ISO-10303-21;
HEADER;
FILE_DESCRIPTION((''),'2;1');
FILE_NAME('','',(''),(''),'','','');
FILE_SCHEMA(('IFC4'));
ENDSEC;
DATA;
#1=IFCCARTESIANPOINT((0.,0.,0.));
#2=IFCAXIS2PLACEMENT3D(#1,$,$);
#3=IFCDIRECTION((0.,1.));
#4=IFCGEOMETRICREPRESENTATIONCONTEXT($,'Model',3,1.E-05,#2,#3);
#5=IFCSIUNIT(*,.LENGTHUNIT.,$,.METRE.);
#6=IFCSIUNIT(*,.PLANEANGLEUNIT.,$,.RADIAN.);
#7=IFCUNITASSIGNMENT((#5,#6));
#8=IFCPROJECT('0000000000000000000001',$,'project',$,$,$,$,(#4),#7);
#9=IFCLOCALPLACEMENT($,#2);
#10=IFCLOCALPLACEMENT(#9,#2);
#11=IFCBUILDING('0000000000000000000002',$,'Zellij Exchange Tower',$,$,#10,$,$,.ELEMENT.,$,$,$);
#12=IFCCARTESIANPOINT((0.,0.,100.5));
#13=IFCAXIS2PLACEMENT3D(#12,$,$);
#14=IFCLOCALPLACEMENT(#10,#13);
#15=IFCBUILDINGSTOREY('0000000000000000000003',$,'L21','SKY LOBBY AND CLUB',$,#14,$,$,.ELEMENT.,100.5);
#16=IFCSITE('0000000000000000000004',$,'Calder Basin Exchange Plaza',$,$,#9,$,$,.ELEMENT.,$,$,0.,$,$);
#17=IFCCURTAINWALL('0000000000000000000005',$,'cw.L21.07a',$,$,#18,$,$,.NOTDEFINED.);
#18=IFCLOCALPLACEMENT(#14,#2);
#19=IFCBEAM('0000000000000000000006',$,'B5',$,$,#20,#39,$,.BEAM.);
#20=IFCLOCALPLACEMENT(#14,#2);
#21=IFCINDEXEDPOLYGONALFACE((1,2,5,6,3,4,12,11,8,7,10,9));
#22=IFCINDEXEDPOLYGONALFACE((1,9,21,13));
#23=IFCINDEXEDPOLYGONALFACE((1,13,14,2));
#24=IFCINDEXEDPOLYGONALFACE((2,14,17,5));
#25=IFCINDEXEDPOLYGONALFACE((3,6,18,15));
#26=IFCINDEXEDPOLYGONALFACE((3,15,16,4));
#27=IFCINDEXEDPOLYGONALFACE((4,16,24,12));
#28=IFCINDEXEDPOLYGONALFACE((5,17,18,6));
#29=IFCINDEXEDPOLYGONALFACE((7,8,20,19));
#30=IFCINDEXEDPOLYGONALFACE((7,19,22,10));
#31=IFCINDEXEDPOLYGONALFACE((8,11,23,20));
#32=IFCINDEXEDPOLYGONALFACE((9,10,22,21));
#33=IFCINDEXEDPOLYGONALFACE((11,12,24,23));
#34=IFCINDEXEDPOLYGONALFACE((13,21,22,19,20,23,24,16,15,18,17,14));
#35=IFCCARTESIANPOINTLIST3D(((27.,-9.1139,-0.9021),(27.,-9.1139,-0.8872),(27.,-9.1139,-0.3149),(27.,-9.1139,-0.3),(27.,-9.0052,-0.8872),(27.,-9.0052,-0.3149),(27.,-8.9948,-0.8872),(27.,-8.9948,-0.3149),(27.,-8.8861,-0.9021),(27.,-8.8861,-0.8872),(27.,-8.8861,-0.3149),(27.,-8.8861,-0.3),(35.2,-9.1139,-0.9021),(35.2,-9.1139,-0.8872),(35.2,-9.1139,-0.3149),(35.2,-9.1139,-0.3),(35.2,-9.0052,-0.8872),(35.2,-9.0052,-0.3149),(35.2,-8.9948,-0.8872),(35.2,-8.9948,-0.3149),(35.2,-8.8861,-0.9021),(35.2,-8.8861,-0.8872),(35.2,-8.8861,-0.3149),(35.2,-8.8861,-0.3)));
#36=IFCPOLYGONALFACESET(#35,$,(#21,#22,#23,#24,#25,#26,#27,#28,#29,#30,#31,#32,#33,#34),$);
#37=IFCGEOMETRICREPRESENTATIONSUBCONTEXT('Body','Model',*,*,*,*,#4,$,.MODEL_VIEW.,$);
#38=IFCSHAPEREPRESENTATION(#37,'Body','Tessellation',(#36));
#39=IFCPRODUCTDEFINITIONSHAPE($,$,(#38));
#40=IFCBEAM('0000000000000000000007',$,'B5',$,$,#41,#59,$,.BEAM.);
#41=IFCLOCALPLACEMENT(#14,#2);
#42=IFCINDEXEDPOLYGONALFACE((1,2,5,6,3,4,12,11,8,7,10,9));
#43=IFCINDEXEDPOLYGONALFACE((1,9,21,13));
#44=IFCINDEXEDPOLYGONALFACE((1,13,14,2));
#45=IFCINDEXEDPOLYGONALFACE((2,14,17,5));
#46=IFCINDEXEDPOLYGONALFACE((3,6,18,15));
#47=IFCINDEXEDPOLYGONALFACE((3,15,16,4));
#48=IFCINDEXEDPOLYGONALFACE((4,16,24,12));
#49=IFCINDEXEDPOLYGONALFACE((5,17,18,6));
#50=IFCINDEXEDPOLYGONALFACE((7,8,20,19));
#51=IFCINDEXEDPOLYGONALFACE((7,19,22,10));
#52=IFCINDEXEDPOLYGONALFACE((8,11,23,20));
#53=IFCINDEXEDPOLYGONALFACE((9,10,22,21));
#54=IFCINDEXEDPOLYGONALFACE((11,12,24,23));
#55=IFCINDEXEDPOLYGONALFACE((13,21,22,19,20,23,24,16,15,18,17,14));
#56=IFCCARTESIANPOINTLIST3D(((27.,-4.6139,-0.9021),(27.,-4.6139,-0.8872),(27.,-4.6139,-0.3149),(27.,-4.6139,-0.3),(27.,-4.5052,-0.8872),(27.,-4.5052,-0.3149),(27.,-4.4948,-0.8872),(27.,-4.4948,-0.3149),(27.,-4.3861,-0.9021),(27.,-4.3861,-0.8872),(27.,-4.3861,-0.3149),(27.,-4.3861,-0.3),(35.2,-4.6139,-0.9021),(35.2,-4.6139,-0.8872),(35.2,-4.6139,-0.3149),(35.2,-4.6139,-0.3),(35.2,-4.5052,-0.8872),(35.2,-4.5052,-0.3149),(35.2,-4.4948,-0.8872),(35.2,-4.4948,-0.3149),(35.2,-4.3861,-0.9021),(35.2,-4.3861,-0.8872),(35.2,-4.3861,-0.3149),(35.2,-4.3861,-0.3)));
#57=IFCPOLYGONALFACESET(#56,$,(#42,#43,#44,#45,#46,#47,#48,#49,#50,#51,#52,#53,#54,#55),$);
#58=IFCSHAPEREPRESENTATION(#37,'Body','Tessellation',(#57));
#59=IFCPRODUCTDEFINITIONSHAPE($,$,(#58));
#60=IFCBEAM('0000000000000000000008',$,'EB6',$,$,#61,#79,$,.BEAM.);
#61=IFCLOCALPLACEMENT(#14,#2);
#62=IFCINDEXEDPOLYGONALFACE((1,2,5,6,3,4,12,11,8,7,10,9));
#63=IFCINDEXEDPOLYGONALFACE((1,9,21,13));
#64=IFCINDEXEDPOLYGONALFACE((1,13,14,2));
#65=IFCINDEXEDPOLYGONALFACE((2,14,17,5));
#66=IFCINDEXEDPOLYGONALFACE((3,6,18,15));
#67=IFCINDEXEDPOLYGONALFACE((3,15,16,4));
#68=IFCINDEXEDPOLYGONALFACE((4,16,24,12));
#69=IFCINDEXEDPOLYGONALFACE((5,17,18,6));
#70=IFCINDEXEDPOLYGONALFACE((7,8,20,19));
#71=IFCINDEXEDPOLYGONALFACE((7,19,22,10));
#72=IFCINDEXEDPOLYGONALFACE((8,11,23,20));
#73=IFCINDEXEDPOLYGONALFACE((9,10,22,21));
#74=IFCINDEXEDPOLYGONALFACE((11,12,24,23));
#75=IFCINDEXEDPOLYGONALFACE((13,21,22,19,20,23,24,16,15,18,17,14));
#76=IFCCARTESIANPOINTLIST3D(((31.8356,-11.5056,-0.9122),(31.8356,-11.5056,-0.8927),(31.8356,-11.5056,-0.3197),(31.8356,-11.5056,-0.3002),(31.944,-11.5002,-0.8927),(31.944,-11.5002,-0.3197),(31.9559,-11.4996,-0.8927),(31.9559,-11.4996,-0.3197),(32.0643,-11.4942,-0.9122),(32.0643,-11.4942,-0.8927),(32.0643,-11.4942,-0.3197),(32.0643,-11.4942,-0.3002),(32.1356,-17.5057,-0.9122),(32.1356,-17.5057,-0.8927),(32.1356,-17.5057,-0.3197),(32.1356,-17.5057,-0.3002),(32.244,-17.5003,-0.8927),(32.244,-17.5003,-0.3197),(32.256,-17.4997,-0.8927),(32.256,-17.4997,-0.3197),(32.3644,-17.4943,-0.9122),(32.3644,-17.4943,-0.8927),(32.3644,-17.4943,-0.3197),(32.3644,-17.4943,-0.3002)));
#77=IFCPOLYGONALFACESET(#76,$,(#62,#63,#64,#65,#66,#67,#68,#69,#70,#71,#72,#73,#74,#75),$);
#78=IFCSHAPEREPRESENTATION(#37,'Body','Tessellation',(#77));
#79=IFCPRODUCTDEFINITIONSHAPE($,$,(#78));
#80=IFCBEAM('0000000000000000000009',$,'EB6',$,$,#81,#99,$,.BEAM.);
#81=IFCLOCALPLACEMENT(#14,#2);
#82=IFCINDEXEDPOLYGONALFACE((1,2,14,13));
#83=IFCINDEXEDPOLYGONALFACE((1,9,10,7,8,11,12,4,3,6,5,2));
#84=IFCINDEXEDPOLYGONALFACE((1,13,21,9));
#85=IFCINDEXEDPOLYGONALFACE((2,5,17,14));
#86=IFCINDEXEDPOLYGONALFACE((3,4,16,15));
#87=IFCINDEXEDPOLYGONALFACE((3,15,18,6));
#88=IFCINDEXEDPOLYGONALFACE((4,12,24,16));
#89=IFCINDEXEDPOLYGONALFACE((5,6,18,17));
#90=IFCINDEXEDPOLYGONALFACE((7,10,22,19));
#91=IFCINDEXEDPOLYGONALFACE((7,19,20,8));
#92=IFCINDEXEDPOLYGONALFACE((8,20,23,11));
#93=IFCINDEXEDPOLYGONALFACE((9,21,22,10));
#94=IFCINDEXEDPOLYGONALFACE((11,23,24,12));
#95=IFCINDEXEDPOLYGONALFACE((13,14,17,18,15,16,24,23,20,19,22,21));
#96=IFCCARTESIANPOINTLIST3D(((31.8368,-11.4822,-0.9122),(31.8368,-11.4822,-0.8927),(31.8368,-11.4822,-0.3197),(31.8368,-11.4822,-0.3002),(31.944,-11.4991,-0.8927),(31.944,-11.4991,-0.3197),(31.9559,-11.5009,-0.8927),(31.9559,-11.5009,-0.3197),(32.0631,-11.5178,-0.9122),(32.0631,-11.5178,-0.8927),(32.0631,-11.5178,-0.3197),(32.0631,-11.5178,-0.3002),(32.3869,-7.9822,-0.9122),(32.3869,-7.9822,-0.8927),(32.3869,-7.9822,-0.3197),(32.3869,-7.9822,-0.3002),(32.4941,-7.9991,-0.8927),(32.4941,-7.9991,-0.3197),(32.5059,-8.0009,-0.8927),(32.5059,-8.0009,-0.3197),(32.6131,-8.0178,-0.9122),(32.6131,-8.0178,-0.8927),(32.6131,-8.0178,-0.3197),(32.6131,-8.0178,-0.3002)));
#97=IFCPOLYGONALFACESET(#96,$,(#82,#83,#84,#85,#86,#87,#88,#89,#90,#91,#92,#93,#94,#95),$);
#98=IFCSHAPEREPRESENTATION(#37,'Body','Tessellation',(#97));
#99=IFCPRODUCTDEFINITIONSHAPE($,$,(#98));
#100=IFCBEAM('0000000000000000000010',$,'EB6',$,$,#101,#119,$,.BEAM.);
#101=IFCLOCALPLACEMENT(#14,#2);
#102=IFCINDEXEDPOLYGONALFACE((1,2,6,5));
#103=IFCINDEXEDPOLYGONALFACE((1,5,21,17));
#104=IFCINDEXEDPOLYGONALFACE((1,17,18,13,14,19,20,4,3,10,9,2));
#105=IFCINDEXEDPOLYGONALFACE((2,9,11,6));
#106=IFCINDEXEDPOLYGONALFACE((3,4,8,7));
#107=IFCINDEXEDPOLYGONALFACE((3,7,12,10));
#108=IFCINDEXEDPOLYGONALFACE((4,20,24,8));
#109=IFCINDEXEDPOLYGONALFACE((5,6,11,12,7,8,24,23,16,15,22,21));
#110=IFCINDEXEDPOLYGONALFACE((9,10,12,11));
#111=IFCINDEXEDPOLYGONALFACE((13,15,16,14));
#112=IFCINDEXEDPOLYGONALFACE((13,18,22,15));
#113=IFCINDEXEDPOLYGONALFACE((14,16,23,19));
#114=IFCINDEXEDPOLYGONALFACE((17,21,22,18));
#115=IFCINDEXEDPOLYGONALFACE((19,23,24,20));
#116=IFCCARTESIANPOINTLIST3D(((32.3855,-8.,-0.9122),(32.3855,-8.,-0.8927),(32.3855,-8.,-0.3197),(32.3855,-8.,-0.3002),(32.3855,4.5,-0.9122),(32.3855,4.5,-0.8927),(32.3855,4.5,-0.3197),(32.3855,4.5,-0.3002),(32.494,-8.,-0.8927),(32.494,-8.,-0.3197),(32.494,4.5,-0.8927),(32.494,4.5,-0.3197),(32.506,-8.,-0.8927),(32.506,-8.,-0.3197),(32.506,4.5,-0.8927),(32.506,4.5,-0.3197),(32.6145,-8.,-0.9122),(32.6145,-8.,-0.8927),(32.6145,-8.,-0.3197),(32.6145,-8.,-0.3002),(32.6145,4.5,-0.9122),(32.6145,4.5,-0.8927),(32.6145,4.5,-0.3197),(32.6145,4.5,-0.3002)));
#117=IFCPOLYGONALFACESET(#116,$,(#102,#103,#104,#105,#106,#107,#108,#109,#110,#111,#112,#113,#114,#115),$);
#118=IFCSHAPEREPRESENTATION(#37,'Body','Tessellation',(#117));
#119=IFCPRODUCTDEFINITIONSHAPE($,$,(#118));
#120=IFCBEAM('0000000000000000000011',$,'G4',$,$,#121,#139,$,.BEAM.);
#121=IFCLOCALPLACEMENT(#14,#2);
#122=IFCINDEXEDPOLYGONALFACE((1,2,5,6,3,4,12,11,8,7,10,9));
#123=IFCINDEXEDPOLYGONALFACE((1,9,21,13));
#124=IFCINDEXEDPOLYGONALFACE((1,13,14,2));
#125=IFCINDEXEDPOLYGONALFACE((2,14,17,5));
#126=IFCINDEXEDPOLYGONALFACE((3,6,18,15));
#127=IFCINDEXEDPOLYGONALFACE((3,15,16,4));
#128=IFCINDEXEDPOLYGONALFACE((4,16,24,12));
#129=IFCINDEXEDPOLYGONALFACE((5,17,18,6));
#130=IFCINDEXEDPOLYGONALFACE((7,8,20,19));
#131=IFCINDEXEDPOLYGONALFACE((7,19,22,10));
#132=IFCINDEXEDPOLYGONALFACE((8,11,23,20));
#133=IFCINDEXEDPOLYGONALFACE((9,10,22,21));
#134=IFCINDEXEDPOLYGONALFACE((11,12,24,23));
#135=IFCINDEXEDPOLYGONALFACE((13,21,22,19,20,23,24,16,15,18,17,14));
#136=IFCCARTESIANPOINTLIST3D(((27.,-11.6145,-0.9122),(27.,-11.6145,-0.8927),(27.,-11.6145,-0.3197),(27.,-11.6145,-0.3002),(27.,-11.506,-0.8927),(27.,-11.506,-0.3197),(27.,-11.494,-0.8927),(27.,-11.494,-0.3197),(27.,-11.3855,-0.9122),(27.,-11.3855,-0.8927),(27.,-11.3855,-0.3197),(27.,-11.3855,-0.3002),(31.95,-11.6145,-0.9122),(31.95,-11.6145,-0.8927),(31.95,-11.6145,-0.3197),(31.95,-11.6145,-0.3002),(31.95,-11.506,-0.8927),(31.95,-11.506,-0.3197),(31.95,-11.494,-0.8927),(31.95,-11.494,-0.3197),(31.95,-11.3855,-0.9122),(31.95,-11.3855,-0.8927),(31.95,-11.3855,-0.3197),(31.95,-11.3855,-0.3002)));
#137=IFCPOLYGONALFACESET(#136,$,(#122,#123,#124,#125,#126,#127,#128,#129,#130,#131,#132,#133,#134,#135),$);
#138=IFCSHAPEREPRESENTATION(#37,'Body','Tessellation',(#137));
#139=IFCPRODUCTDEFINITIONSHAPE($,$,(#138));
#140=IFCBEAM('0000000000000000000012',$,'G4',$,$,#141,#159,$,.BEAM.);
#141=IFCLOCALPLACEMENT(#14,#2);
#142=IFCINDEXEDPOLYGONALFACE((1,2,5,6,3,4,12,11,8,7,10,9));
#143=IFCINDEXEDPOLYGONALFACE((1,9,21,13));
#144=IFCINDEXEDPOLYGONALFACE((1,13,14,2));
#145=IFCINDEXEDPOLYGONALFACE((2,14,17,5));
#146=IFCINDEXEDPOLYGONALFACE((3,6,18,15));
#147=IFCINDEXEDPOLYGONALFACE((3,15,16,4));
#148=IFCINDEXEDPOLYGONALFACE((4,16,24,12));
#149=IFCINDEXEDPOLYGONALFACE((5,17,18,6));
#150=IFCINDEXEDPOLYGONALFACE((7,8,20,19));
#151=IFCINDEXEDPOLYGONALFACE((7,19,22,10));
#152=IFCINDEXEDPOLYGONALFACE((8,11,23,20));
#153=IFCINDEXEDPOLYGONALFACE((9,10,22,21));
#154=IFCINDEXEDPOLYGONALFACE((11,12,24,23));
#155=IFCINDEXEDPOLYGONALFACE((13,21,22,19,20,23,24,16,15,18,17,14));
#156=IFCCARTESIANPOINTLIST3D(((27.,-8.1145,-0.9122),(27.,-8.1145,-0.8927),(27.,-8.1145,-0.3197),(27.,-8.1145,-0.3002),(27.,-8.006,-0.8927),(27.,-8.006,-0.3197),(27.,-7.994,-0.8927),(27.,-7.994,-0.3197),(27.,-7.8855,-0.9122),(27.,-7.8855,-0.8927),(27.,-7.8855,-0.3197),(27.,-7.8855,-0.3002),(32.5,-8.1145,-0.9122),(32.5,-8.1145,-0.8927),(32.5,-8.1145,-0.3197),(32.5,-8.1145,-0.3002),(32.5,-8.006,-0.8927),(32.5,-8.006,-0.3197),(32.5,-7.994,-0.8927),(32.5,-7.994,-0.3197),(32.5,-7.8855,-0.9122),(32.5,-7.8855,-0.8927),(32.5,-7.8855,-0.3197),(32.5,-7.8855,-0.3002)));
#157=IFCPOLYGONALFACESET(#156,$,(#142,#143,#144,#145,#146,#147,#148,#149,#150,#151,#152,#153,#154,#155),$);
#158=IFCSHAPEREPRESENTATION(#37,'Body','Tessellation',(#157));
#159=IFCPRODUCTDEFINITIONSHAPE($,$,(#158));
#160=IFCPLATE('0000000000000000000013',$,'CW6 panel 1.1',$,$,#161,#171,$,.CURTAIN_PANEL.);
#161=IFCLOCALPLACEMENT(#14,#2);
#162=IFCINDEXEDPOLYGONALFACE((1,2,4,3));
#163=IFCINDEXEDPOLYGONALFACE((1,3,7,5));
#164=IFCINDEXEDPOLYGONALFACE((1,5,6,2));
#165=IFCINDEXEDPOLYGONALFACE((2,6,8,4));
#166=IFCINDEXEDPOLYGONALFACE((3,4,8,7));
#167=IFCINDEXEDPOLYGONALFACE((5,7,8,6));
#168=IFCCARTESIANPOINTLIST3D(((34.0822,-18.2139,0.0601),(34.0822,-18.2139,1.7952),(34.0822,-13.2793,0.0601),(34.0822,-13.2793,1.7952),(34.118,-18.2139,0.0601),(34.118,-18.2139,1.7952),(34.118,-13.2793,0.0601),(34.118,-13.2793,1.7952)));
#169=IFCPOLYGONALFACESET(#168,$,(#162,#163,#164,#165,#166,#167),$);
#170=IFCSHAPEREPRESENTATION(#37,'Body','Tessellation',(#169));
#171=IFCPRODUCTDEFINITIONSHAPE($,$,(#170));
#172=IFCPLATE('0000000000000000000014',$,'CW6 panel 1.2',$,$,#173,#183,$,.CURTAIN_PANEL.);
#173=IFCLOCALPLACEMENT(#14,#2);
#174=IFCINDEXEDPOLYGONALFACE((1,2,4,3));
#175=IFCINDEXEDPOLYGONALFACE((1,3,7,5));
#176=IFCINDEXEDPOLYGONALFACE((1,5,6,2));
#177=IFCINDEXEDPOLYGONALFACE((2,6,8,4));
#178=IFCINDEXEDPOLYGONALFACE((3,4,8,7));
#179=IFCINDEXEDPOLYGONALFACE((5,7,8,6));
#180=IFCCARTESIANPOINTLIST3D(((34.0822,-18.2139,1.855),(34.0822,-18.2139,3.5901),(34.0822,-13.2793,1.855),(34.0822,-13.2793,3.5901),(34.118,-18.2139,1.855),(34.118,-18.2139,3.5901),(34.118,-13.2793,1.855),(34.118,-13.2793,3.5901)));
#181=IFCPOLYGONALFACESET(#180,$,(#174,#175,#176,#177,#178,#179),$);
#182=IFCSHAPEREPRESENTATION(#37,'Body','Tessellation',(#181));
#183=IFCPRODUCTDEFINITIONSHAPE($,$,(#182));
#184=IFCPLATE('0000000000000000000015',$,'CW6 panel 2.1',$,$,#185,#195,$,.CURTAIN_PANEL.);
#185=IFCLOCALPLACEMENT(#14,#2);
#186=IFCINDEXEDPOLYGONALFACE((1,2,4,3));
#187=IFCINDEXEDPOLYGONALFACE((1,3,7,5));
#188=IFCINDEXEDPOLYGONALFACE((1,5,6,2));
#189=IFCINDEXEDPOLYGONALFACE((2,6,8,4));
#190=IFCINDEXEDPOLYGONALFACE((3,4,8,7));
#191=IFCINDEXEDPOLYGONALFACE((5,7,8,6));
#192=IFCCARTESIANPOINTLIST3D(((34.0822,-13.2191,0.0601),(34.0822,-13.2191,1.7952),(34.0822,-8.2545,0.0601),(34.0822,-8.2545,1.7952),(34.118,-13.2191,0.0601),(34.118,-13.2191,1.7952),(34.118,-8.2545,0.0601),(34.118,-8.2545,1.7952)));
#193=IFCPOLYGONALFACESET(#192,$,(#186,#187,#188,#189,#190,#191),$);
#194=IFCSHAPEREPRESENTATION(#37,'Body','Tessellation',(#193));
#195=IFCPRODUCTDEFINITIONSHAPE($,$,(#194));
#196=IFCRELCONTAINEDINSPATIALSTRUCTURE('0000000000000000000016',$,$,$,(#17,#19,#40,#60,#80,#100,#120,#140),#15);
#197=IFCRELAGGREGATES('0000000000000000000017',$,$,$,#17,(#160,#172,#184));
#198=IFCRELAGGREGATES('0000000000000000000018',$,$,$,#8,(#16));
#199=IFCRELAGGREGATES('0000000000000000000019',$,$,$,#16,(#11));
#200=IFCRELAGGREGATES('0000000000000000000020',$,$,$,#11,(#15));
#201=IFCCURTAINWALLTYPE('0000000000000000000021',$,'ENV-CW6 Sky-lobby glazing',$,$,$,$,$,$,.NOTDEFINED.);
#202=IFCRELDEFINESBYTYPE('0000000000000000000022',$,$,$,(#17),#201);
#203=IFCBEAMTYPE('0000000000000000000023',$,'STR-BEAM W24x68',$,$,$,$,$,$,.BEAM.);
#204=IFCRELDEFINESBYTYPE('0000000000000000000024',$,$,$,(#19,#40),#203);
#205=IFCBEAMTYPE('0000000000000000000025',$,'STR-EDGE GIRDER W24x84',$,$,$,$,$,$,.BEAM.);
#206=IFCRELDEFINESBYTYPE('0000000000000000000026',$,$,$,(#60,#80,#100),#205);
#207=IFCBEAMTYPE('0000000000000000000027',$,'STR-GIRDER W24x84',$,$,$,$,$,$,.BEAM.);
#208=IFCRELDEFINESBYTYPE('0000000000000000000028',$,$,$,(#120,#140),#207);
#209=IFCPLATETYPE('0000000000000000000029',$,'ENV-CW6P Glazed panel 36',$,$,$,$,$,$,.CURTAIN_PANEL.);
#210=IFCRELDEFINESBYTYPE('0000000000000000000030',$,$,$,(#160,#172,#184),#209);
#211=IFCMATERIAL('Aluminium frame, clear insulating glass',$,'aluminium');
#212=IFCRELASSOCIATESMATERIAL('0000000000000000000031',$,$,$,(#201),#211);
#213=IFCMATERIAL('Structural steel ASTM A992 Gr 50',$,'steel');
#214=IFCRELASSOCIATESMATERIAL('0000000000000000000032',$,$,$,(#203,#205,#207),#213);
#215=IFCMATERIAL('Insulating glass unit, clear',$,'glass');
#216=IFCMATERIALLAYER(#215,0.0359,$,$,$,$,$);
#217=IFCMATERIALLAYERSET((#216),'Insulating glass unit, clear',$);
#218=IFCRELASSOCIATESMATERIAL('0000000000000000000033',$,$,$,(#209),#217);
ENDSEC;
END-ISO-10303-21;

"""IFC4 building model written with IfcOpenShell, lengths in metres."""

from ifc_helpers import new_model, si_unit, direction, frame, origin, origin_2d, place, context, subcontext, project, spatial, rectangle, i_section, extrude, material, layer, layer_set, material_profile, profile_set, type_object, element, aggregate, save


model = new_model("IFC4")

# Units and contexts
model_context = context("Model", 3, precision=1e-05, world=origin(), true_north=direction((0.0, 1.0)))
body_context = subcontext(model_context, "Body", "Model", "MODEL_VIEW")
ifc_project = project(units=[si_unit("LENGTHUNIT", "METRE"), si_unit("PLANEANGLEUNIT", "RADIAN")], contexts=[model_context])

# Site, building, storey
site_placement = place(None, origin())
site = spatial("IfcSite", under=ifc_project, at=site_placement, Name="Calder Basin Exchange Plaza", CompositionType="ELEMENT", RefElevation=0.0)
building_placement = place(site_placement, origin())
building = spatial("IfcBuilding", under=site, at=building_placement, Name="Zellij Exchange Tower", CompositionType="ELEMENT")
storey_placement = place(building_placement, frame((0.0, 0.0, 100.5)))
storey = spatial("IfcBuildingStorey", under=building, at=storey_placement, Name="L21", Description="SKY LOBBY AND CLUB", CompositionType="ELEMENT", Elevation=100.5)

# Curtain wall
ifc_material_1 = material(Name="Aluminium frame, clear insulating glass", Category="aluminium")
curtain_wall_type = type_object("IfcCurtainWallType", Name="ENV-CW6 Sky-lobby glazing", PredefinedType="NOTDEFINED", material=ifc_material_1)
curtain_wall_placement = place(storey_placement, origin())
curtain_wall = element("IfcCurtainWall", 1, at=curtain_wall_placement, inside=storey, type_object=curtain_wall_type, Name="cw.L21.07a", PredefinedType="NOTDEFINED")

# Beams
ifc_material_2 = material(Name="Structural steel ASTM A992 Gr 50", Category="steel")
ifc_material_profile_1 = material_profile(ifc_material_2, i_section(OverallWidth=0.2278, OverallDepth=0.6021, WebThickness=0.0105, FlangeThickness=0.0149, at=origin_2d()), Name="W24x68")
ifc_profile_set_1 = profile_set([ifc_material_profile_1], Name="Structural steel ASTM A992 Gr 50")
beam_type_1 = type_object("IfcBeamType", Name="STR-BEAM W24x68", PredefinedType="BEAM", material=ifc_profile_set_1)
for number, where, z_axis, x_axis, name in (
    (2, (27.0, -9.0, -0.6011), (1.0, 0.0, 0.0), (0.0, 1.0, 0.0), "B5"),
    (3, (27.0, -4.5, -0.6011), (1.0, 0.0, 0.0), (0.0, 1.0, 0.0), "B5"),
):
    element("IfcBeam", number, at=place(storey_placement, frame(where, z_axis=z_axis, x_axis=x_axis)), inside=storey, type_object=beam_type_1, Name=name, PredefinedType="BEAM", context=body_context, shape_type="SweptSolid", body=[
        extrude(i_section(OverallWidth=0.2278, OverallDepth=0.6021, WebThickness=0.0105, FlangeThickness=0.0149, at=origin_2d()), origin(), (0.0, 0.0, 1.0), 8.2),
    ])
ifc_material_profile_2 = material_profile(ifc_material_2, i_section(OverallWidth=0.229, OverallDepth=0.6121, WebThickness=0.012, FlangeThickness=0.0195, at=origin_2d()), Name="W24x84")
ifc_profile_set_2 = profile_set([ifc_material_profile_2], Name="Structural steel ASTM A992 Gr 50")
beam_type_2 = type_object("IfcBeamType", Name="STR-EDGE GIRDER W24x84", PredefinedType="BEAM", material=ifc_profile_set_2)
beam_1_placement = place(storey_placement, frame((32.25, -17.5, -0.6062), z_axis=(-0.049946, 0.998752, 0.0), x_axis=(-0.998752, -0.049946, 0.0)))
element("IfcBeam", 4, at=beam_1_placement, inside=storey, type_object=beam_type_2, Name="EB6", PredefinedType="BEAM", context=body_context, shape_type="SweptSolid", body=[
    extrude(i_section(OverallWidth=0.229, OverallDepth=0.6121, WebThickness=0.012, FlangeThickness=0.0195, at=origin_2d()), origin(), (0.0, 0.0, 1.0), 6.0076),
])
beam_2_placement = place(storey_placement, frame((31.95, -11.5, -0.6062), z_axis=(0.155251, 0.987875, 0.0), x_axis=(-0.987875, 0.155251, 0.0)))
element("IfcBeam", 5, at=beam_2_placement, inside=storey, type_object=beam_type_2, Name="EB6", PredefinedType="BEAM", context=body_context, shape_type="SweptSolid", body=[
    extrude(i_section(OverallWidth=0.229, OverallDepth=0.6121, WebThickness=0.012, FlangeThickness=0.0195, at=origin_2d()), origin(), (0.0, 0.0, 1.0), 3.543),
])
beam_3_placement = place(storey_placement, frame((32.5, -8.0, -0.6062), z_axis=(0.0, 1.0, 0.0), x_axis=(-1.0, 0.0, 0.0)))
element("IfcBeam", 6, at=beam_3_placement, inside=storey, type_object=beam_type_2, Name="EB6", PredefinedType="BEAM", context=body_context, shape_type="SweptSolid", body=[
    extrude(i_section(OverallWidth=0.229, OverallDepth=0.6121, WebThickness=0.012, FlangeThickness=0.0195, at=origin_2d()), origin(), (0.0, 0.0, 1.0), 12.5),
])
ifc_material_profile_3 = material_profile(ifc_material_2, i_section(OverallWidth=0.229, OverallDepth=0.6121, WebThickness=0.012, FlangeThickness=0.0195, at=origin_2d()), Name="W24x84")
ifc_profile_set_3 = profile_set([ifc_material_profile_3], Name="Structural steel ASTM A992 Gr 50")
beam_type_3 = type_object("IfcBeamType", Name="STR-GIRDER W24x84", PredefinedType="BEAM", material=ifc_profile_set_3)
beam_4_placement = place(storey_placement, frame((27.0, -11.5, -0.6062), z_axis=(1.0, 0.0, 0.0), x_axis=(0.0, 1.0, 0.0)))
element("IfcBeam", 7, at=beam_4_placement, inside=storey, type_object=beam_type_3, Name="G4", PredefinedType="BEAM", context=body_context, shape_type="SweptSolid", body=[
    extrude(i_section(OverallWidth=0.229, OverallDepth=0.6121, WebThickness=0.012, FlangeThickness=0.0195, at=origin_2d()), origin(), (0.0, 0.0, 1.0), 4.95),
])
beam_5_placement = place(storey_placement, frame((27.0, -8.0, -0.6062), z_axis=(1.0, 0.0, 0.0), x_axis=(0.0, 1.0, 0.0)))
element("IfcBeam", 8, at=beam_5_placement, inside=storey, type_object=beam_type_3, Name="G4", PredefinedType="BEAM", context=body_context, shape_type="SweptSolid", body=[
    extrude(i_section(OverallWidth=0.229, OverallDepth=0.6121, WebThickness=0.012, FlangeThickness=0.0195, at=origin_2d()), origin(), (0.0, 0.0, 1.0), 5.5),
])

# Plates
ifc_material_3 = material(Name="Insulating glass unit, clear", Category="glass")
ifc_layer_1 = layer(ifc_material_3, 0.0359)
ifc_layer_set_1 = layer_set([ifc_layer_1], Name="Insulating glass unit, clear")
plate_type = type_object("IfcPlateType", Name="ENV-CW6P Glazed panel 36", PredefinedType="CURTAIN_PANEL", material=ifc_layer_set_1)
plate_1_placement = place(storey_placement, frame((34.1001, -15.7466, 0.0601), z_axis=(0.0, 0.0, 1.0), x_axis=(0.0, 1.0, 0.0)))
plate_1 = element("IfcPlate", 9, at=plate_1_placement, type_object=plate_type, Name="CW6 panel 1.1", PredefinedType="CURTAIN_PANEL", context=body_context, shape_type="SweptSolid", body=[
    extrude(rectangle(XDim=4.9346, YDim=0.0359, at=origin_2d()), origin(), (0.0, 0.0, 1.0), 1.7351),
])
plate_2_placement = place(storey_placement, frame((34.1001, -15.7466, 1.855), z_axis=(0.0, 0.0, 1.0), x_axis=(0.0, 1.0, 0.0)))
plate_2 = element("IfcPlate", 10, at=plate_2_placement, type_object=plate_type, Name="CW6 panel 1.2", PredefinedType="CURTAIN_PANEL", context=body_context, shape_type="SweptSolid", body=[
    extrude(rectangle(XDim=4.9346, YDim=0.0359, at=origin_2d()), origin(), (0.0, 0.0, 1.0), 1.7351),
])
plate_3_placement = place(storey_placement, frame((34.1001, -10.7368, 0.0601), z_axis=(0.0, 0.0, 1.0), x_axis=(0.0, 1.0, 0.0)))
plate_3 = element("IfcPlate", 11, at=plate_3_placement, type_object=plate_type, Name="CW6 panel 2.1", PredefinedType="CURTAIN_PANEL", context=body_context, shape_type="SweptSolid", body=[
    extrude(rectangle(XDim=4.9646, YDim=0.0359, at=origin_2d()), origin(), (0.0, 0.0, 1.0), 1.7351),
])
aggregate(curtain_wall, [plate_1, plate_2, plate_3])

save(model, "model.ifc")
